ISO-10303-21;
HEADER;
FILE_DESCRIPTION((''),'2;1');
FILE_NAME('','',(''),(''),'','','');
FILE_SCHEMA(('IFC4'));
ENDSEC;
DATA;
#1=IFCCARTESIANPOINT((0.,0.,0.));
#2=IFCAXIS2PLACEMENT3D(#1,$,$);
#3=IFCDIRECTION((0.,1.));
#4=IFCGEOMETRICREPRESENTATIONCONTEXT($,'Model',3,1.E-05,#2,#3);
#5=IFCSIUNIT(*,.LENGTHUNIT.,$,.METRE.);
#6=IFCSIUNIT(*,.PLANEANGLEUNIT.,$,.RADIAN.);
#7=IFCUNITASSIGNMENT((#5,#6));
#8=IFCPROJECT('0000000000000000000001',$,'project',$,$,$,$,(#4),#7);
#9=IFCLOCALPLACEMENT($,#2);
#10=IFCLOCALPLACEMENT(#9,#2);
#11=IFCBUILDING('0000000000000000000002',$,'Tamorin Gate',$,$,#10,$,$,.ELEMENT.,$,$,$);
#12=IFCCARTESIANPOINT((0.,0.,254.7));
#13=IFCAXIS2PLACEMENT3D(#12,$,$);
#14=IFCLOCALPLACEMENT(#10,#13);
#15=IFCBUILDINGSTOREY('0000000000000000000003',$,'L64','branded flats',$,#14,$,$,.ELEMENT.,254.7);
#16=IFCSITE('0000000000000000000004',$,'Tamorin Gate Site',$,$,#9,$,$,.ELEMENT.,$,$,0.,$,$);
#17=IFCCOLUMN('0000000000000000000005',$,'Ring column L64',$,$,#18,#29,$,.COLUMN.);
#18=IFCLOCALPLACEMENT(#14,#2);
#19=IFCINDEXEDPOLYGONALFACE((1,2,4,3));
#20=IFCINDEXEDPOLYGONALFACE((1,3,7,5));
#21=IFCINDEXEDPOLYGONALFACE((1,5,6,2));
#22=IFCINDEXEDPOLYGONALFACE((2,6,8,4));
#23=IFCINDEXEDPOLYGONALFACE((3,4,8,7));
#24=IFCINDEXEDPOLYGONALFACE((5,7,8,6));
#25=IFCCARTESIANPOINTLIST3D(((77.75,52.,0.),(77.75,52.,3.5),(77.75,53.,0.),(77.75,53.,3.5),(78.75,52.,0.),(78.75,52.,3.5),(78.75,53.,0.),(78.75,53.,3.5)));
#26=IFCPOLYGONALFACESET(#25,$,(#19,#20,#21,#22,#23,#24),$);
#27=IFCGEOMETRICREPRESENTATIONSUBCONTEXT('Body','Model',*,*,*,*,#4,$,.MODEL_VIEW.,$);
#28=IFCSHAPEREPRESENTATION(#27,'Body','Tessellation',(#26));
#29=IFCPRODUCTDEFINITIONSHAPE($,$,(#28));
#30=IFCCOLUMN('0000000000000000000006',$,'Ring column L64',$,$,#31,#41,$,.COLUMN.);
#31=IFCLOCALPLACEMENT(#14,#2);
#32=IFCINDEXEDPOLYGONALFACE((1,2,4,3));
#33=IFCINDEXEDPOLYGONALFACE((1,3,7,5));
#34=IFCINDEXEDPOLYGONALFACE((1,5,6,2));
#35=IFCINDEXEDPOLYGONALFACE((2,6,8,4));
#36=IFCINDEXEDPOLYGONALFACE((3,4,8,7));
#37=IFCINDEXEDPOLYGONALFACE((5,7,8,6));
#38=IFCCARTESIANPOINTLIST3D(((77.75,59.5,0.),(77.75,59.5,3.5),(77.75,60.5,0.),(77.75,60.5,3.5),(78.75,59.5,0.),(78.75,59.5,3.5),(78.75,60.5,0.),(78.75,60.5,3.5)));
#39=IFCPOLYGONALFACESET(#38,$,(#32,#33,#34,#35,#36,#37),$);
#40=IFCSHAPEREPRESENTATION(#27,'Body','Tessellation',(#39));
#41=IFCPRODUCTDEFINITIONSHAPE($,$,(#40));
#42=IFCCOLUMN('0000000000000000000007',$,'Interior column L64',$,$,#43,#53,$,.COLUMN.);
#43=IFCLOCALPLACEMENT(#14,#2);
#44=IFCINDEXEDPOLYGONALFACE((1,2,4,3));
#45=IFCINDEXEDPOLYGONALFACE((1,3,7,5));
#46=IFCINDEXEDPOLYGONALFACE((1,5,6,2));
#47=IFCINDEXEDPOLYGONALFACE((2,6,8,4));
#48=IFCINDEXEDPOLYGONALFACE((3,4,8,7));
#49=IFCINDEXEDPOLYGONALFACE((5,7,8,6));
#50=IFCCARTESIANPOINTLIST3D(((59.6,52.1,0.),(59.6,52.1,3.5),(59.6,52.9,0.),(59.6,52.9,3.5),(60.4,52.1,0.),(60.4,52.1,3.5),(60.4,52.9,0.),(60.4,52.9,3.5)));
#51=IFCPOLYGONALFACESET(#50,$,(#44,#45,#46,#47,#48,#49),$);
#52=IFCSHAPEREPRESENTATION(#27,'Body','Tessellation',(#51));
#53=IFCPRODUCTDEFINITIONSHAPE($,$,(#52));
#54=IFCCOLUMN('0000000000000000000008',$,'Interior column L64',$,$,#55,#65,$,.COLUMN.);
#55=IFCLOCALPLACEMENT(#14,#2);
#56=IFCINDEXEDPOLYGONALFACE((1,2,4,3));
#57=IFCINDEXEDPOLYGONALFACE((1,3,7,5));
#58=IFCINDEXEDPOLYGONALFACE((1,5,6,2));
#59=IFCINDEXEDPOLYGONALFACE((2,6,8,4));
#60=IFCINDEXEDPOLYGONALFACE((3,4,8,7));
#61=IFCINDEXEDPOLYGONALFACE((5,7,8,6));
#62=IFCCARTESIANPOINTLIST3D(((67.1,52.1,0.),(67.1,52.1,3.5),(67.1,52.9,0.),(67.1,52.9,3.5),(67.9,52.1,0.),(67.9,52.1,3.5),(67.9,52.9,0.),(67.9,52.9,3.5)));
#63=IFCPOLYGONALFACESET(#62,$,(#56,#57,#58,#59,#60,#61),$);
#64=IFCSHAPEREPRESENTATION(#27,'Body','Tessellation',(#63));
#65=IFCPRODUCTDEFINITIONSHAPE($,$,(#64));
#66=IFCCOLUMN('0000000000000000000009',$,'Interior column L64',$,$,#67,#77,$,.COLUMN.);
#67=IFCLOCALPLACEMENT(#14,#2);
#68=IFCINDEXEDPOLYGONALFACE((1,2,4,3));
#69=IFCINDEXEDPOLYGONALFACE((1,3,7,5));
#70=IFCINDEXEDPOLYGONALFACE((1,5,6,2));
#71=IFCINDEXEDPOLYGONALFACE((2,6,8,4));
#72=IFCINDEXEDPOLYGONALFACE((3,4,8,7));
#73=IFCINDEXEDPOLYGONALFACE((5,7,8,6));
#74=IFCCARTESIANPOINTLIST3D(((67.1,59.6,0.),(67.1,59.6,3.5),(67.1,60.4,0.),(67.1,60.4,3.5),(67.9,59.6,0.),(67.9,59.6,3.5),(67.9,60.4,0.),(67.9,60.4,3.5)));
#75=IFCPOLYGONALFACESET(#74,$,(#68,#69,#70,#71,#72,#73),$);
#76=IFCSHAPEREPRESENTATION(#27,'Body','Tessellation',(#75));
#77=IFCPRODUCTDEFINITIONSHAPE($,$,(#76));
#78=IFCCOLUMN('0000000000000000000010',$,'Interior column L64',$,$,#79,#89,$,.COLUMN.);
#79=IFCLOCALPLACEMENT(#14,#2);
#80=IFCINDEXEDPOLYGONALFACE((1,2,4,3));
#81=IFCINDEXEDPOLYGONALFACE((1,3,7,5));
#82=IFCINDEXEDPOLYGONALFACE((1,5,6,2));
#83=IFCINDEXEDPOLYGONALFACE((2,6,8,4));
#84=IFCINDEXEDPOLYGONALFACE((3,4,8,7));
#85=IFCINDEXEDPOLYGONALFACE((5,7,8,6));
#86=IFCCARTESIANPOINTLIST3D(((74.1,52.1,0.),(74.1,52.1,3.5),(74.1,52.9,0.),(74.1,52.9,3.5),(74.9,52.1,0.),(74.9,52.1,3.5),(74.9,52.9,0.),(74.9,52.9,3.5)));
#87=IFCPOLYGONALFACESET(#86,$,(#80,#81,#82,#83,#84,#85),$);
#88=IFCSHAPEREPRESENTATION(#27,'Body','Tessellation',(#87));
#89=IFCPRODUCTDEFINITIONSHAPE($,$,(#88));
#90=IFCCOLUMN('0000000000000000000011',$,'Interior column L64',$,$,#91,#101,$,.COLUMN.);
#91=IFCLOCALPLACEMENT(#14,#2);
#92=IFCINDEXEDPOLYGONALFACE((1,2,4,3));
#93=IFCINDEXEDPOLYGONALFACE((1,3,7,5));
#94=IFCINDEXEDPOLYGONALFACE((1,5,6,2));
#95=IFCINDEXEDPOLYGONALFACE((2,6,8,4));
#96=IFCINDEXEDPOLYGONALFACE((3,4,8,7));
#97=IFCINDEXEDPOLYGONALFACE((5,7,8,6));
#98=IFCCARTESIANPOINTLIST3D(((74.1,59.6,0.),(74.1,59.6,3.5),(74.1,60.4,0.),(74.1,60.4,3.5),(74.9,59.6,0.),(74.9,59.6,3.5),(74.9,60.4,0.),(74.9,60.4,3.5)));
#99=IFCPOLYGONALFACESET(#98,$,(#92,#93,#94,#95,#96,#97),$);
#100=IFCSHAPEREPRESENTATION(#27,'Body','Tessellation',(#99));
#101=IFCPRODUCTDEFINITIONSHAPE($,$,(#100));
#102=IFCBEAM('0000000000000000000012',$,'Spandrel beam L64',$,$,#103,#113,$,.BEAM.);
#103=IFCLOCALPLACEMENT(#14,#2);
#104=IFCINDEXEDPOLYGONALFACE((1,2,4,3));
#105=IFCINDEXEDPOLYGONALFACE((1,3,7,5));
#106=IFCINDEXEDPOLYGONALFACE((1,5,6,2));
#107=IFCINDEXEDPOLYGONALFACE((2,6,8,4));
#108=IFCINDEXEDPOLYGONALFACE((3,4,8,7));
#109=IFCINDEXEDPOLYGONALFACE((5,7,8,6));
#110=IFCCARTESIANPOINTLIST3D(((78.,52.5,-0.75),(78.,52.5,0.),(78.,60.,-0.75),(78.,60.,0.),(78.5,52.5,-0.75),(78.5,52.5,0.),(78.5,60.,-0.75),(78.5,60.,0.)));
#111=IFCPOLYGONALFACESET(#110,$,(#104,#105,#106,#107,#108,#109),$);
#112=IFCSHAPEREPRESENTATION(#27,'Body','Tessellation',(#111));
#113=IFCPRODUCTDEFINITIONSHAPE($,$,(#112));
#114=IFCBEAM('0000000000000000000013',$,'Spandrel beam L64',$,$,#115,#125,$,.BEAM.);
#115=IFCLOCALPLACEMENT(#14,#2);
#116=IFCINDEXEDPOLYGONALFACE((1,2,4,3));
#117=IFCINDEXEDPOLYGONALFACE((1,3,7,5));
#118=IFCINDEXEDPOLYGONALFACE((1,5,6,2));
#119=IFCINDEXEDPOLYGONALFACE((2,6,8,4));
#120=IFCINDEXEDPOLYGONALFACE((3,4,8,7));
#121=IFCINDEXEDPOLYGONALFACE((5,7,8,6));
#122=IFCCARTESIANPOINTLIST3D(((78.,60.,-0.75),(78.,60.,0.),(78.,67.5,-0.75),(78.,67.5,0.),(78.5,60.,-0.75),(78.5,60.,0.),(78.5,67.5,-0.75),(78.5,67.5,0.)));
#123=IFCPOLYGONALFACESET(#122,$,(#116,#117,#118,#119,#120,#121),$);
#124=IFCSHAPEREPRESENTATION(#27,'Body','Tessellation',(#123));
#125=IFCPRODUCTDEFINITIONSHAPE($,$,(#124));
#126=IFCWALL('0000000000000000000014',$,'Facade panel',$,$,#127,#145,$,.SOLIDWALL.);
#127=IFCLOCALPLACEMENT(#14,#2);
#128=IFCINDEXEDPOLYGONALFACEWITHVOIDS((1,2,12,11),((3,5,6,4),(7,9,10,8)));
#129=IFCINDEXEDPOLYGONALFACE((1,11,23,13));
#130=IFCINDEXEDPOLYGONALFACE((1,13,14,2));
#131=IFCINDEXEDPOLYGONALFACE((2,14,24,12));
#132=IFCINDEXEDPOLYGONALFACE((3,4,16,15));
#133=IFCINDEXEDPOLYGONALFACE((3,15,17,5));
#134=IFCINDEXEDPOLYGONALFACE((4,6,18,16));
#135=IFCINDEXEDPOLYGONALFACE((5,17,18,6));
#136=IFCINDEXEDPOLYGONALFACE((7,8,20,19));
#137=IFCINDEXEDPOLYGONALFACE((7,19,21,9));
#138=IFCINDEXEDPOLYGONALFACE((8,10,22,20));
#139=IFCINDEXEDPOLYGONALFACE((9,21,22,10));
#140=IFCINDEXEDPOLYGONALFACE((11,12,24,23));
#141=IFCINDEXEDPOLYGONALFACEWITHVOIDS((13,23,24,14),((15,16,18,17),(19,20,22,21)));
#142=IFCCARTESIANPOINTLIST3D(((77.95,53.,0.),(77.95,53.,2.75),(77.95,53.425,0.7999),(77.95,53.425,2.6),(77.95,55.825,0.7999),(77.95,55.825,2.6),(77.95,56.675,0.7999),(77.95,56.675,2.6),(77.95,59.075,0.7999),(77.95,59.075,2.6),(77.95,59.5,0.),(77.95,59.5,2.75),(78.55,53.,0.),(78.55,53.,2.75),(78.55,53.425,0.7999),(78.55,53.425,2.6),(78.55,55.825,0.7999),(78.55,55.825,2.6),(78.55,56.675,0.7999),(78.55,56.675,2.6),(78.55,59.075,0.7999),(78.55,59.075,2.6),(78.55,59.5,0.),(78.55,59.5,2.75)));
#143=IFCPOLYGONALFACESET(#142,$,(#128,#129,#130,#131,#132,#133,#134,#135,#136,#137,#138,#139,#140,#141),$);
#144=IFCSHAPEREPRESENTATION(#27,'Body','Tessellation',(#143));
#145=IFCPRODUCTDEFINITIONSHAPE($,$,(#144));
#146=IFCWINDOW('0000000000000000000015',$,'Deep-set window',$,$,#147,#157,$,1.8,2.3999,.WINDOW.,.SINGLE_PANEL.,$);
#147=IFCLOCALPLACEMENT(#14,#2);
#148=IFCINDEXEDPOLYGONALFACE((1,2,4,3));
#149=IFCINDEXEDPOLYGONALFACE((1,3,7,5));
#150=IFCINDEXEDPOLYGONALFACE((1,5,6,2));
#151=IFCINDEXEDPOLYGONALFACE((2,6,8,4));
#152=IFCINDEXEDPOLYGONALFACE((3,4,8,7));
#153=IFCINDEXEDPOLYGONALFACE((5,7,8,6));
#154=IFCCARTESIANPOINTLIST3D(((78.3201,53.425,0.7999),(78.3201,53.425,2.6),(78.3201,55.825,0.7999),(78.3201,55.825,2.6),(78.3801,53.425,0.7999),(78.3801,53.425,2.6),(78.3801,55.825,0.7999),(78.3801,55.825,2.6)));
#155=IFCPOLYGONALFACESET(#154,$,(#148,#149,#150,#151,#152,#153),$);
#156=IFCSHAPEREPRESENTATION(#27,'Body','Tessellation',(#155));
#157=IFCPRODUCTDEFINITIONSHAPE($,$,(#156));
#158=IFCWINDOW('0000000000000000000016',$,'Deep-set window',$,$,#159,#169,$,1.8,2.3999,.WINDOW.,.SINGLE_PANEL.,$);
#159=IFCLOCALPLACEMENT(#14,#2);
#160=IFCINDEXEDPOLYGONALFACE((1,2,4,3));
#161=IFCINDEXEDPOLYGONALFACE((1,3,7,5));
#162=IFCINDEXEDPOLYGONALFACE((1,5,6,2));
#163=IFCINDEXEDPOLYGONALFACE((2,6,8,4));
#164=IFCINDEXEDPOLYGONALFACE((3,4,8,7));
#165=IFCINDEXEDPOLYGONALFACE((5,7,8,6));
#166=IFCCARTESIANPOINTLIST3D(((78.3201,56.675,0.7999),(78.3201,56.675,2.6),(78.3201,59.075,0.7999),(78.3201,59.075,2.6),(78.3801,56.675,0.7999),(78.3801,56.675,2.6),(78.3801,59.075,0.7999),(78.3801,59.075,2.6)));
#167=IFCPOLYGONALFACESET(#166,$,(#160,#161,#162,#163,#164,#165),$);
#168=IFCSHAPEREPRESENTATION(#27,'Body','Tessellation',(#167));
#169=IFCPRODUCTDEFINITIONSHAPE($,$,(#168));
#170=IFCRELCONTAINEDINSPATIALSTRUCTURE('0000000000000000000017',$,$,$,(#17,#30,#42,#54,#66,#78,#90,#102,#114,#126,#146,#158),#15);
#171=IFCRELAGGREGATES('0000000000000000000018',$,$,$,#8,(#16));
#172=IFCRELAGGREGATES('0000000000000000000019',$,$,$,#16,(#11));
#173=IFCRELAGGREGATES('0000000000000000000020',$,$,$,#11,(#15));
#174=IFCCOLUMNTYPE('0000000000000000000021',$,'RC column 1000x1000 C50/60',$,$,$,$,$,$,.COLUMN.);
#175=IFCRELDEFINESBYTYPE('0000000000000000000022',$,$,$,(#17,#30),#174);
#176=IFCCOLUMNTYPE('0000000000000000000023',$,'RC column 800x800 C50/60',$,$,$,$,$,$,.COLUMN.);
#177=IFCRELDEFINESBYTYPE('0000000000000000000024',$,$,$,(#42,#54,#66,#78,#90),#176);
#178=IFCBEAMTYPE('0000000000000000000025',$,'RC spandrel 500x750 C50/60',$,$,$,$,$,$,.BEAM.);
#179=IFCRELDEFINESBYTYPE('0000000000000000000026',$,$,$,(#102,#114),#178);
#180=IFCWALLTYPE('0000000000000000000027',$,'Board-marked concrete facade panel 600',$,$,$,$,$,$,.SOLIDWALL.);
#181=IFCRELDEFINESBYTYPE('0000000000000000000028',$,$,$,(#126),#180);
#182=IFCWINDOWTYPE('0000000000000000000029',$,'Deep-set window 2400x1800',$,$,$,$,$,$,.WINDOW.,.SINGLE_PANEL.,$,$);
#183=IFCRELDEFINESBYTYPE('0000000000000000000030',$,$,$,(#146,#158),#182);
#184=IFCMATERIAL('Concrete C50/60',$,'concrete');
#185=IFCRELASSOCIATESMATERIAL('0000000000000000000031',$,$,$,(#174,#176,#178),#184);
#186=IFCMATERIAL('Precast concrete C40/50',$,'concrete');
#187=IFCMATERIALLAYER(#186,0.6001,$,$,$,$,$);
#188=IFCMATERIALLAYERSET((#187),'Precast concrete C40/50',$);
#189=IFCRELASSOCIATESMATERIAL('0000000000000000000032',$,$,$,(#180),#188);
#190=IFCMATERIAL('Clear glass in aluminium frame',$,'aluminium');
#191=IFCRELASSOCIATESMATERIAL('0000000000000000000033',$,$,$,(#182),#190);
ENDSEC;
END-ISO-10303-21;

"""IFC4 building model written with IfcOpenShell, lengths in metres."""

from ifc_helpers import new_model, si_unit, direction, frame, frame_2d, origin, origin_2d, place, context, subcontext, project, spatial, rectangle, extrude, material, layer, layer_set, material_profile, profile_set, type_object, element, fill, save


model = new_model("IFC4")

# Units and contexts
model_context = context("Model", 3, precision=1e-05, world=origin(), true_north=direction((0.0, 1.0)))
body_context = subcontext(model_context, "Body", "Model", "MODEL_VIEW")
ifc_project = project(units=[si_unit("LENGTHUNIT", "METRE"), si_unit("PLANEANGLEUNIT", "RADIAN")], contexts=[model_context])

# Site, building, storey
site_placement = place(None, origin())
site = spatial("IfcSite", under=ifc_project, at=site_placement, Name="Tamorin Gate Site", CompositionType="ELEMENT", RefElevation=0.0)
building_placement = place(site_placement, origin())
building = spatial("IfcBuilding", under=site, at=building_placement, Name="Tamorin Gate", CompositionType="ELEMENT")
storey_placement = place(building_placement, frame((0.0, 0.0, 254.7)))
storey = spatial("IfcBuildingStorey", under=building, at=storey_placement, Name="L64", Description="branded flats", CompositionType="ELEMENT", Elevation=254.7)

# Columns
ifc_material_1 = material(Name="Concrete C50/60", Category="concrete")
ifc_material_profile_1 = material_profile(ifc_material_1, rectangle(XDim=1.0, YDim=1.0, at=origin_2d()), Name="RC 1000x1000")
ifc_profile_set_1 = profile_set([ifc_material_profile_1], Name="Concrete C50/60")
column_type_1 = type_object("IfcColumnType", Name="RC column 1000x1000 C50/60", PredefinedType="COLUMN", material=ifc_profile_set_1)
for number, where, z_axis, x_axis, name in (
    (1, (78.25, 52.5, 0.0), (0.0, 0.0, 1.0), (1.0, 0.0, 0.0), "Ring column L64"),
    (2, (78.25, 60.0, 0.0), (0.0, 0.0, 1.0), (1.0, 0.0, 0.0), "Ring column L64"),
):
    element("IfcColumn", number, at=place(storey_placement, frame(where, z_axis=z_axis, x_axis=x_axis)), inside=storey, type_object=column_type_1, Name=name, PredefinedType="COLUMN", context=body_context, shape_type="SweptSolid", body=[
        extrude(rectangle(XDim=1.0, YDim=1.0, at=origin_2d()), origin(), (0.0, 0.0, 1.0), 3.5),
    ])
ifc_material_profile_2 = material_profile(ifc_material_1, rectangle(XDim=0.8, YDim=0.8, at=origin_2d()), Name="RC 800x800")
ifc_profile_set_2 = profile_set([ifc_material_profile_2], Name="Concrete C50/60")
column_type_2 = type_object("IfcColumnType", Name="RC column 800x800 C50/60", PredefinedType="COLUMN", material=ifc_profile_set_2)
for number, where, z_axis, x_axis, name in (
    (3, (60.0, 52.5, 0.0), (0.0, 0.0, 1.0), (1.0, 0.0, 0.0), "Interior column L64"),
    (4, (67.5, 52.5, 0.0), (0.0, 0.0, 1.0), (1.0, 0.0, 0.0), "Interior column L64"),
    (5, (67.5, 60.0, 0.0), (0.0, 0.0, 1.0), (1.0, 0.0, 0.0), "Interior column L64"),
    (6, (74.5, 52.5, 0.0), (0.0, 0.0, 1.0), (1.0, 0.0, 0.0), "Interior column L64"),
    (7, (74.5, 60.0, 0.0), (0.0, 0.0, 1.0), (1.0, 0.0, 0.0), "Interior column L64"),
):
    element("IfcColumn", number, at=place(storey_placement, frame(where, z_axis=z_axis, x_axis=x_axis)), inside=storey, type_object=column_type_2, Name=name, PredefinedType="COLUMN", context=body_context, shape_type="SweptSolid", body=[
        extrude(rectangle(XDim=0.8, YDim=0.8, at=origin_2d()), origin(), (0.0, 0.0, 1.0), 3.5),
    ])

# Beams
ifc_material_profile_3 = material_profile(ifc_material_1, rectangle(XDim=0.5, YDim=0.75, at=origin_2d()), Name="RC 500x750")
ifc_profile_set_3 = profile_set([ifc_material_profile_3], Name="Concrete C50/60")
beam_type = type_object("IfcBeamType", Name="RC spandrel 500x750 C50/60", PredefinedType="BEAM", material=ifc_profile_set_3)
for number, where, z_axis, x_axis, name in (
    (8, (78.25, 52.5, -0.375), (0.0, 1.0, 0.0), (-1.0, 0.0, 0.0), "Spandrel beam L64"),
    (9, (78.25, 60.0, -0.375), (0.0, 1.0, 0.0), (-1.0, 0.0, 0.0), "Spandrel beam L64"),
):
    element("IfcBeam", number, at=place(storey_placement, frame(where, z_axis=z_axis, x_axis=x_axis)), inside=storey, type_object=beam_type, Name=name, PredefinedType="BEAM", context=body_context, shape_type="SweptSolid", body=[
        extrude(rectangle(XDim=0.5, YDim=0.75, at=origin_2d()), origin(), (0.0, 0.0, 1.0), 7.5),
    ])

# Wall, openings, windows
ifc_material_2 = material(Name="Precast concrete C40/50", Category="concrete")
ifc_layer_1 = layer(ifc_material_2, 0.6001)
ifc_layer_set_1 = layer_set([ifc_layer_1], Name="Precast concrete C40/50")
wall_type_1 = type_object("IfcWallType", Name="Board-marked concrete facade panel 600", PredefinedType="SOLIDWALL", material=ifc_layer_set_1)
wall_1_placement = place(storey_placement, frame((78.25, 53.0, 0.0), z_axis=(0.0, 0.0, 1.0), x_axis=(0.0, 1.0, 0.0)))
wall_1 = element("IfcWall", 10, at=wall_1_placement, inside=storey, type_object=wall_type_1, Name="Facade panel", PredefinedType="SOLIDWALL", context=body_context, shape_type="SweptSolid", body=[
    extrude(rectangle(XDim=6.5, YDim=0.6001, at=frame_2d((3.25, 0.0))), origin(), (0.0, 0.0, 1.0), 2.75),
])
opening_1_placement = place(wall_1_placement, frame((0.425, 0.0, 0.8)))
opening_1 = element("IfcOpeningElement", 11, at=opening_1_placement, cuts=wall_1, PredefinedType="OPENING", context=body_context, shape_type="SweptSolid", body=[
    extrude(rectangle(XDim=2.3999, YDim=1.8, at=frame_2d((1.2, 0.8999))), frame((0.0, 0.3101, 0.0), z_axis=(0.0, -1.0, 0.0), x_axis=(1.0, 0.0, 0.0)), (0.0, 0.0, 1.0), 0.6201),
])
opening_2_placement = place(wall_1_placement, frame((3.675, 0.0, 0.8)))
opening_2 = element("IfcOpeningElement", 12, at=opening_2_placement, cuts=wall_1, PredefinedType="OPENING", context=body_context, shape_type="SweptSolid", body=[
    extrude(rectangle(XDim=2.3999, YDim=1.8, at=frame_2d((1.2, 0.8999))), frame((0.0, 0.3101, 0.0), z_axis=(0.0, -1.0, 0.0), x_axis=(1.0, 0.0, 0.0)), (0.0, 0.0, 1.0), 0.6201),
])
ifc_material_3 = material(Name="Clear glass in aluminium frame", Category="aluminium")
window_type = type_object("IfcWindowType", Name="Deep-set window 2400x1800", PartitioningType="SINGLE_PANEL", PredefinedType="WINDOW", material=ifc_material_3)
window_1_placement = place(opening_1_placement, origin())
window_1 = element("IfcWindow", 13, at=window_1_placement, inside=storey, type_object=window_type, Name="Deep-set window", OverallHeight=1.8, OverallWidth=2.3999, PartitioningType="SINGLE_PANEL", PredefinedType="WINDOW", context=body_context, shape_type="SweptSolid", body=[
    extrude(rectangle(XDim=2.3999, YDim=1.8, at=frame_2d((1.2, 0.8999))), frame((0.0, -0.0701, 0.0), z_axis=(0.0, -1.0, 0.0), x_axis=(1.0, 0.0, 0.0)), (0.0, 0.0, 1.0), 0.0601),
])
fill(opening_1, window_1)
window_2_placement = place(opening_2_placement, origin())
window_2 = element("IfcWindow", 14, at=window_2_placement, inside=storey, type_object=window_type, Name="Deep-set window", OverallHeight=1.8, OverallWidth=2.3999, PartitioningType="SINGLE_PANEL", PredefinedType="WINDOW", context=body_context, shape_type="SweptSolid", body=[
    extrude(rectangle(XDim=2.3999, YDim=1.8, at=frame_2d((1.2, 0.8999))), frame((0.0, -0.0701, 0.0), z_axis=(0.0, -1.0, 0.0), x_axis=(1.0, 0.0, 0.0)), (0.0, 0.0, 1.0), 0.0601),
])
fill(opening_2, window_2)

save(model, "model.ifc")
